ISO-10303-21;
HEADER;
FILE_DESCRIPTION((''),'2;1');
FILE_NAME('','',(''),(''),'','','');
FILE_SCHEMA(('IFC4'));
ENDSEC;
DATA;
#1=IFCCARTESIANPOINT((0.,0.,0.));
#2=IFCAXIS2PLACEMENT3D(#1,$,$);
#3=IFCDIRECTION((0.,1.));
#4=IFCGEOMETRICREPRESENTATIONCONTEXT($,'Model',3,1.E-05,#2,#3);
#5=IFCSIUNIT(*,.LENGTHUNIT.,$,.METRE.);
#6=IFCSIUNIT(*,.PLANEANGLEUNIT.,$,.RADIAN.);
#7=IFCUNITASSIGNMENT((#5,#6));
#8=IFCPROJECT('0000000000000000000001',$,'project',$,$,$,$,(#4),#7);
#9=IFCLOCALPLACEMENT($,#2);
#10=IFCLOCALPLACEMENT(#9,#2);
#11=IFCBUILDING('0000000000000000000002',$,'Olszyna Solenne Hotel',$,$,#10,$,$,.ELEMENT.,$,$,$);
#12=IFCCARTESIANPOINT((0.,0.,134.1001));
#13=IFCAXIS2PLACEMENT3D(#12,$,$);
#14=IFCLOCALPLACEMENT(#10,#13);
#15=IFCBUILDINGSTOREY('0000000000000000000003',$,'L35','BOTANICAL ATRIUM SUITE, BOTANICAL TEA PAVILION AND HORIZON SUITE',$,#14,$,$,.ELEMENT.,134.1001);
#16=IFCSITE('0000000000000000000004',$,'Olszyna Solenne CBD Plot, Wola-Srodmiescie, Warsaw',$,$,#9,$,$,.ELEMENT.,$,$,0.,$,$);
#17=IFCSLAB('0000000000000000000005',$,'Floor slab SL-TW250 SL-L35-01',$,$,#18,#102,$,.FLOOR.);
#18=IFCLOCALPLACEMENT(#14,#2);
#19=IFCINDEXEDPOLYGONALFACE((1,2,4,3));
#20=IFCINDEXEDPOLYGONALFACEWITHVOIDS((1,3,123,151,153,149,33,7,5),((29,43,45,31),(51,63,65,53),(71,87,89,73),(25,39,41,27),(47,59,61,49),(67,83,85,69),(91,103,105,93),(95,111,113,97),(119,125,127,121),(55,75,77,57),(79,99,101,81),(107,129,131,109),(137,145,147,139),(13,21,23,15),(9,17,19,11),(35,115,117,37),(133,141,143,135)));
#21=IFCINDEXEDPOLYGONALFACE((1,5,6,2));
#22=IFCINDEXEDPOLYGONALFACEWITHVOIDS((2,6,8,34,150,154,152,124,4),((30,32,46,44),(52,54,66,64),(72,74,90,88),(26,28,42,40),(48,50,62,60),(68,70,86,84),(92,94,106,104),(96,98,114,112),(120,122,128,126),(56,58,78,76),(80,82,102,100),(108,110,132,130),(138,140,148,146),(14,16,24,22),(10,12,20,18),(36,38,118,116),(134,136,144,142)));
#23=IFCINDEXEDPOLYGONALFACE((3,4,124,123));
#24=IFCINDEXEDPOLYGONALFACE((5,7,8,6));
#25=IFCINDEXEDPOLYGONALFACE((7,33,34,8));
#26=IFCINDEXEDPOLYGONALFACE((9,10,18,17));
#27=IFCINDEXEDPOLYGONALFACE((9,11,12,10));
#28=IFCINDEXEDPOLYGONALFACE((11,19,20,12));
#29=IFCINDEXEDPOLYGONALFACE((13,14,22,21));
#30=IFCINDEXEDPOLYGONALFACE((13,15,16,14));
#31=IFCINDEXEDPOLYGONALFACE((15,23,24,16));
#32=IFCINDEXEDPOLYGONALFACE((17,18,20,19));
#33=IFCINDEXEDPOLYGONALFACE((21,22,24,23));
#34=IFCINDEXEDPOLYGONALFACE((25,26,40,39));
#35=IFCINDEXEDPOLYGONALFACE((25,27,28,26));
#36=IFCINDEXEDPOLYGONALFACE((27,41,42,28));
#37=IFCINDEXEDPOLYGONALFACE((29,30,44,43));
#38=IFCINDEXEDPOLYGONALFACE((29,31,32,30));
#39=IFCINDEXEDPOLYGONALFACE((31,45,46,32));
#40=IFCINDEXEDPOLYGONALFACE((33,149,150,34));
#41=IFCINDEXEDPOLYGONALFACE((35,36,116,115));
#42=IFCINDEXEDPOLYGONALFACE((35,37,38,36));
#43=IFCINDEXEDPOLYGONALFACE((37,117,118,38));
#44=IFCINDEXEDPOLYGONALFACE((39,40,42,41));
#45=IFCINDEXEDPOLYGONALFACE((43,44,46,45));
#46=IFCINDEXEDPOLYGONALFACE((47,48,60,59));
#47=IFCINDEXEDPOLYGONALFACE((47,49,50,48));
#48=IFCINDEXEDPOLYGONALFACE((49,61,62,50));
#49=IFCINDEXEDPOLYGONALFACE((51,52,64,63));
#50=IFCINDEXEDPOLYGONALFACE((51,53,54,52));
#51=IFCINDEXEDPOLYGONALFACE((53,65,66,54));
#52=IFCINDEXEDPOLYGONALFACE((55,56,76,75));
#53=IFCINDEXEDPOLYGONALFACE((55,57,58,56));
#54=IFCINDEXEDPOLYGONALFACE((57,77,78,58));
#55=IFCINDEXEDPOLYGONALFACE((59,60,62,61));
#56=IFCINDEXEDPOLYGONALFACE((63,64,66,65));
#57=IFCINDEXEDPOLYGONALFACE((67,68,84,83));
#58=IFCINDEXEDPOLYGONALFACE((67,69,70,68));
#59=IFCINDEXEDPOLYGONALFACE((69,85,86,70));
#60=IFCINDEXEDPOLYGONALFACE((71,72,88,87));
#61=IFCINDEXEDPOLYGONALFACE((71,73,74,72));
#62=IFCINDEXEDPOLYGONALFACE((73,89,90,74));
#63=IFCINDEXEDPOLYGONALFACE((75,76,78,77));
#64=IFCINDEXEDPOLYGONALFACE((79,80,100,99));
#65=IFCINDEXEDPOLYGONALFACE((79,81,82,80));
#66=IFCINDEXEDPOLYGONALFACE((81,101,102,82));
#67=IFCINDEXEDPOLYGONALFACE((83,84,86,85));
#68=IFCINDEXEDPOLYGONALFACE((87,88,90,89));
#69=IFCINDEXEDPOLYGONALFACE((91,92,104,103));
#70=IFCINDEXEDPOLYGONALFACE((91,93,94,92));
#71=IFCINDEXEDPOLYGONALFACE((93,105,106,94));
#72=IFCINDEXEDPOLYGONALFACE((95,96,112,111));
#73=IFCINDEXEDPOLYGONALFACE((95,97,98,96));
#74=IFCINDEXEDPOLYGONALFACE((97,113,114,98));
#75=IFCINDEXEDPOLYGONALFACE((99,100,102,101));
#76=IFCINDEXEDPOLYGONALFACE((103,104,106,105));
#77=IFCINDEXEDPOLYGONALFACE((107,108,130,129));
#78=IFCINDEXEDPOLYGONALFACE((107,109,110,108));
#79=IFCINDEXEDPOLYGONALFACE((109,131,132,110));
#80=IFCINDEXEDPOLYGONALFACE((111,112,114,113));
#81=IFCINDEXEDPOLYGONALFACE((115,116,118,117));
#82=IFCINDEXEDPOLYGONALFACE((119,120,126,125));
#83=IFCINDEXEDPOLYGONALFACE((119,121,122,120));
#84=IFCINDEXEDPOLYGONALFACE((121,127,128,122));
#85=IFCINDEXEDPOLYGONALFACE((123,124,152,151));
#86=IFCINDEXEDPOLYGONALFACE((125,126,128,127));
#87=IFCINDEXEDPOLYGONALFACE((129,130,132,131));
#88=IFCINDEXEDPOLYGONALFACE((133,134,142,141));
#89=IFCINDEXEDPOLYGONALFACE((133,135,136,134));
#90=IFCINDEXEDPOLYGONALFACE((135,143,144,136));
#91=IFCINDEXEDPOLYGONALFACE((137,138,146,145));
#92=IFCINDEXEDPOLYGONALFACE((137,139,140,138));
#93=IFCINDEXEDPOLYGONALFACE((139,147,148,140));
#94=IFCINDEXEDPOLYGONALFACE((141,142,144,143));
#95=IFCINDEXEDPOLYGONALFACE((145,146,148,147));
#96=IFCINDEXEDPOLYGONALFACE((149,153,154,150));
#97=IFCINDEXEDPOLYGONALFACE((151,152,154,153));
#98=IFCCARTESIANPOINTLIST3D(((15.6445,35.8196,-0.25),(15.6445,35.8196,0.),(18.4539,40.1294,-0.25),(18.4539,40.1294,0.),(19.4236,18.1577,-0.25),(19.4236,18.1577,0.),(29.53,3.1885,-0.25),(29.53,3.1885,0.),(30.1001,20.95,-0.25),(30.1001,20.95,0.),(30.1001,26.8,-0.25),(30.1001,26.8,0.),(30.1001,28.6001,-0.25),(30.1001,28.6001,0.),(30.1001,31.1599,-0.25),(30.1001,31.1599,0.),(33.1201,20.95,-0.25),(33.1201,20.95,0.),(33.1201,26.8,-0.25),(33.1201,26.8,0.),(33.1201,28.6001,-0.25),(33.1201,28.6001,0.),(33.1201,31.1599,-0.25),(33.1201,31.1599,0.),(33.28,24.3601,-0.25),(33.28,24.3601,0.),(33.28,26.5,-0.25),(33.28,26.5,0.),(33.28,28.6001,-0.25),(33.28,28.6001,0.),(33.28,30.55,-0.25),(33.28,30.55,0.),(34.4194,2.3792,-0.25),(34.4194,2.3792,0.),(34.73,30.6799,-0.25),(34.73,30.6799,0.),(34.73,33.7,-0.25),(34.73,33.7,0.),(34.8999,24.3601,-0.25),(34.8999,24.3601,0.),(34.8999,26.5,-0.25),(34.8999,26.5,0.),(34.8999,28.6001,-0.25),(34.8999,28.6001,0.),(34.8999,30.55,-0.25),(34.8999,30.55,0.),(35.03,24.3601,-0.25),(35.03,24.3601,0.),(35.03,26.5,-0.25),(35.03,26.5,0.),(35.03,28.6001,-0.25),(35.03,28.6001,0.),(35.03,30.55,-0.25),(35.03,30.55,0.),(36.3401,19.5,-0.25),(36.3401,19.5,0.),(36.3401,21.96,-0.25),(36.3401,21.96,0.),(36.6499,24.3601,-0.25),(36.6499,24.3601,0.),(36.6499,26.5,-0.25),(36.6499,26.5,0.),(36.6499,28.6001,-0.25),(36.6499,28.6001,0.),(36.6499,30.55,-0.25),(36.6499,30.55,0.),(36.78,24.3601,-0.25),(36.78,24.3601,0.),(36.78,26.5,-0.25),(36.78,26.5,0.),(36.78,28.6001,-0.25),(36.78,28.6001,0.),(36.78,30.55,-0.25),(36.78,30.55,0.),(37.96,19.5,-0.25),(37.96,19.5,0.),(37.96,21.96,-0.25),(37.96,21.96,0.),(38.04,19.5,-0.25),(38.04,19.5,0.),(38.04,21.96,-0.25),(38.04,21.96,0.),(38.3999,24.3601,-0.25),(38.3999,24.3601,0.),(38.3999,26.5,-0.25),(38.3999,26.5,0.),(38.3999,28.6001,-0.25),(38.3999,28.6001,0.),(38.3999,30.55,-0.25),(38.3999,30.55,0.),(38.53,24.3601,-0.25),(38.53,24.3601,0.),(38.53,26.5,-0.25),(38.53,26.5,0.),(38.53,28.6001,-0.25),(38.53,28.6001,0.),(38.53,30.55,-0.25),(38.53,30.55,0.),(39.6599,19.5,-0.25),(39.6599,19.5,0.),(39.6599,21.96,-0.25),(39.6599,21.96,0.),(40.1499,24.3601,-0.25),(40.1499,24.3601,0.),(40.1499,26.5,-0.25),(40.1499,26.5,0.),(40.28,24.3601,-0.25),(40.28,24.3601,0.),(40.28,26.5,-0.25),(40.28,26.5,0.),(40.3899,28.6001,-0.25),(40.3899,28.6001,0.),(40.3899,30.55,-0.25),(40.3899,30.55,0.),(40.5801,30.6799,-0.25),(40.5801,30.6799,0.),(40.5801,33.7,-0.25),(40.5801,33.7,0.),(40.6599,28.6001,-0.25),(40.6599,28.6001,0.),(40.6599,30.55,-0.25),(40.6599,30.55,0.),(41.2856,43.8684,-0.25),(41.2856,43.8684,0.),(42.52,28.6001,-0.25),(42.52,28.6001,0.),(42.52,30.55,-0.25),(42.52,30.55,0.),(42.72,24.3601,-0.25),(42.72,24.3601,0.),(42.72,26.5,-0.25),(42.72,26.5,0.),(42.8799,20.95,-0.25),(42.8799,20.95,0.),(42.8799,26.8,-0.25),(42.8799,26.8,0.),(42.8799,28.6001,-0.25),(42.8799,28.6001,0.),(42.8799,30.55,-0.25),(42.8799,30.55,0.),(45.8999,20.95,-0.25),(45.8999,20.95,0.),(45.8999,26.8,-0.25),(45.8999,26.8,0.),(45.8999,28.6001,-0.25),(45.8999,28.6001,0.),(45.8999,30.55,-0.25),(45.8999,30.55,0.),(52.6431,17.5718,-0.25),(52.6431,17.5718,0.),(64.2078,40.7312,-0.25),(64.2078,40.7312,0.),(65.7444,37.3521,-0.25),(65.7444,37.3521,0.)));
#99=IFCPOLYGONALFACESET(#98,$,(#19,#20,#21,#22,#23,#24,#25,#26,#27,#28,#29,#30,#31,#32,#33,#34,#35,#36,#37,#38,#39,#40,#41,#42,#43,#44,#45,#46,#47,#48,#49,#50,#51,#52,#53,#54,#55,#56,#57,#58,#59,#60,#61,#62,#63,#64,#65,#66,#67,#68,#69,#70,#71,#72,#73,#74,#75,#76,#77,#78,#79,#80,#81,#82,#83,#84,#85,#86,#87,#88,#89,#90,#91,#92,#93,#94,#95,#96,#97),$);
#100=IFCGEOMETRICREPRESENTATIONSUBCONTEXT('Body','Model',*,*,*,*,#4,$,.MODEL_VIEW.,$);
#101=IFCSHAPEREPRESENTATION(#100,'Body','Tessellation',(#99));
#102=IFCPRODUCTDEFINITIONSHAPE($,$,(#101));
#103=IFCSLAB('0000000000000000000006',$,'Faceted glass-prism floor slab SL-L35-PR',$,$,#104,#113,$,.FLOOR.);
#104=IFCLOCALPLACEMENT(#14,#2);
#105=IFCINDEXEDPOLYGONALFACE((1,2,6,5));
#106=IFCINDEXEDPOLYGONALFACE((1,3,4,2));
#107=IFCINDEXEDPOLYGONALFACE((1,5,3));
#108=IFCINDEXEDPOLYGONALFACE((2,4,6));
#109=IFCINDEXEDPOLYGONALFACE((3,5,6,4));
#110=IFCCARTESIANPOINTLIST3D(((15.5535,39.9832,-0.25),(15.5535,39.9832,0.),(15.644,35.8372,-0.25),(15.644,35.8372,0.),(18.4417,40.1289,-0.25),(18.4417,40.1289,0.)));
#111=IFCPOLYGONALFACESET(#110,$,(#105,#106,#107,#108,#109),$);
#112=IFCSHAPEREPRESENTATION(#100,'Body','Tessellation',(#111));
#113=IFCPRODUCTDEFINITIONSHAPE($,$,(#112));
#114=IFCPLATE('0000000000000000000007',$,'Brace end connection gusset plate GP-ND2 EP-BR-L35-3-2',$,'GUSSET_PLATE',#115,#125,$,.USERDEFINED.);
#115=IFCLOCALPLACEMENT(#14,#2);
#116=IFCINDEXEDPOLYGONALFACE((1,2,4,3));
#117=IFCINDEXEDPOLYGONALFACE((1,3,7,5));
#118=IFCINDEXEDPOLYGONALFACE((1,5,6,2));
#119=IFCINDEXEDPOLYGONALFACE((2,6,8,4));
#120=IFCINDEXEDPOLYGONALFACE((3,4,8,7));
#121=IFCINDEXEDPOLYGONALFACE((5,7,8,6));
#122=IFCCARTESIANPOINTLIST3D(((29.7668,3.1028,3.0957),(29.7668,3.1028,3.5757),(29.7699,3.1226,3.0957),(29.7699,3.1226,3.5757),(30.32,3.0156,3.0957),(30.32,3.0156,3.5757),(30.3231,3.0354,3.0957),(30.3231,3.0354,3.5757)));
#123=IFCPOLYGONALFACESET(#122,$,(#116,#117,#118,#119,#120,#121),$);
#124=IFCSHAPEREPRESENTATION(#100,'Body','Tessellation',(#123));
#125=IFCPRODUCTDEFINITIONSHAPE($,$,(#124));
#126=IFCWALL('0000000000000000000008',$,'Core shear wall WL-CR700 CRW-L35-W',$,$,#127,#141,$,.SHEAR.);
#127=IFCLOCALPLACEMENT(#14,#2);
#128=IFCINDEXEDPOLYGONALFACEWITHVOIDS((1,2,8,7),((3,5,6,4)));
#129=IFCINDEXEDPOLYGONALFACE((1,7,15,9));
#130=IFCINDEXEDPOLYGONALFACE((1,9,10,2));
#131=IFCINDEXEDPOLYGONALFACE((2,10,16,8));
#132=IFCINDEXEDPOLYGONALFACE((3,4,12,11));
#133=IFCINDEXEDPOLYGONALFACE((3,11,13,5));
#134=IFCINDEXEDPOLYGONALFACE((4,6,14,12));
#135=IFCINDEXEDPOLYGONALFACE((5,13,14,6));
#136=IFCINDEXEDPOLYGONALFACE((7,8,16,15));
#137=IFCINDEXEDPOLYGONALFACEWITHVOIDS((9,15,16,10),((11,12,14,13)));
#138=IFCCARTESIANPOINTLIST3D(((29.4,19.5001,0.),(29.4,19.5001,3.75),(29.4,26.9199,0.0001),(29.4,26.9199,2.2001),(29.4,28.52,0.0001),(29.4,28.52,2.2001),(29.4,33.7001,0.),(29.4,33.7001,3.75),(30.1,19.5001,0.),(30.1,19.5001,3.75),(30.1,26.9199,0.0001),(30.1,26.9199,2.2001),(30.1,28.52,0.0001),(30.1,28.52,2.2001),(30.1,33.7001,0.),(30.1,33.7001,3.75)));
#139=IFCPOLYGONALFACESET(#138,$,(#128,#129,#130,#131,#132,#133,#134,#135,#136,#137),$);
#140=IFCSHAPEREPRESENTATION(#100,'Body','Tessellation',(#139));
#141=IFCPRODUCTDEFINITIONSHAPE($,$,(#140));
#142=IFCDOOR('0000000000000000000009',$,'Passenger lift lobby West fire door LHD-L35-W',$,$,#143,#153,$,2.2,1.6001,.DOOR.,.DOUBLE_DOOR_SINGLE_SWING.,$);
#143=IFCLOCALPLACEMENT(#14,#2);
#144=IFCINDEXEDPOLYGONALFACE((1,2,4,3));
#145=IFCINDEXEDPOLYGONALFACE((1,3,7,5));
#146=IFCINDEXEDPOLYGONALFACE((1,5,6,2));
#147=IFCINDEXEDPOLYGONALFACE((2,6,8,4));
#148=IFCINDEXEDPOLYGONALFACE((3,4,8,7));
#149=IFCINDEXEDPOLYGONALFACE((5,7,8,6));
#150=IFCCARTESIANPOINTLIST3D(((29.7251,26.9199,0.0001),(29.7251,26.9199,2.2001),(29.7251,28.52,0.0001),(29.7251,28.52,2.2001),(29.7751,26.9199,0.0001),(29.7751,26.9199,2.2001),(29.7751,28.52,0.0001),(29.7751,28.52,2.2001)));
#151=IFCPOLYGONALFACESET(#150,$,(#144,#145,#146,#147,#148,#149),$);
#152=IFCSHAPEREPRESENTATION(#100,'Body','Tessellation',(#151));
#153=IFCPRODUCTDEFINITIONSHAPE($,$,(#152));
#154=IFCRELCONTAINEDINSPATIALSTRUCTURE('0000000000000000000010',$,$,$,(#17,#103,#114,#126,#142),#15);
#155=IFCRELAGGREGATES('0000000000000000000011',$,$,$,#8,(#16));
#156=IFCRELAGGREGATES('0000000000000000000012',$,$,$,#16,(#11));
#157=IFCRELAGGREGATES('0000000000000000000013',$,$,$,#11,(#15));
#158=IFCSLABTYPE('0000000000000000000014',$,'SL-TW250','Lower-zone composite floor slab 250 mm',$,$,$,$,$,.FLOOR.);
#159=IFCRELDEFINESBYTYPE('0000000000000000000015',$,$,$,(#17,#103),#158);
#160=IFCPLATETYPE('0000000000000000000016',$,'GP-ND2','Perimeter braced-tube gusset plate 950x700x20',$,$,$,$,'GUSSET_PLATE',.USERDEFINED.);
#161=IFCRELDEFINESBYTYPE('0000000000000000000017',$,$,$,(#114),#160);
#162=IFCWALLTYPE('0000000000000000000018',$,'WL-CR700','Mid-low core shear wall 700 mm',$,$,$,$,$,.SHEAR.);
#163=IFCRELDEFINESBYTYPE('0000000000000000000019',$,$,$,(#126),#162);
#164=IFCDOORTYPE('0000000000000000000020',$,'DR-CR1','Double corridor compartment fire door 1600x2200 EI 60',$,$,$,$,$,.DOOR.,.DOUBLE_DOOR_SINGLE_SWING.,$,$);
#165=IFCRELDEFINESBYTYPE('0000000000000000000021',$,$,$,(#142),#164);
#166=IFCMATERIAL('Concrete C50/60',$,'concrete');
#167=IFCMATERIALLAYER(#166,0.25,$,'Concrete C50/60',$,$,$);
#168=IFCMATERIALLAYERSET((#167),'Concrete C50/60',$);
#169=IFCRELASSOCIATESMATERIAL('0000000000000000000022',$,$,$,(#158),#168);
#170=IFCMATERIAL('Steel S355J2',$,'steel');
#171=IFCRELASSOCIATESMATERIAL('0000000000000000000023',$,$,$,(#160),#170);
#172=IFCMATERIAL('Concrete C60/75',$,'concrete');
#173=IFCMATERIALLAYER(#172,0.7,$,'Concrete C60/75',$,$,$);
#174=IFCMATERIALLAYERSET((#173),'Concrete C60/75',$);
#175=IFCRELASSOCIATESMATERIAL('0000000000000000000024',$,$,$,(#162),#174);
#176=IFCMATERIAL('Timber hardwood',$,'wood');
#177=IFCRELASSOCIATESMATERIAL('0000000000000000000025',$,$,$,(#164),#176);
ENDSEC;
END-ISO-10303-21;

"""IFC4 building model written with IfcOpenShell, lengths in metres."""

from ifc_helpers import new_model, si_unit, direction, frame, frame_2d, origin, origin_2d, place, context, subcontext, project, spatial, polyline, rectangle, outline, extrude, source, transform, mapped, material, layer, layer_set, type_object, type_shapes, element, fill, save


model = new_model("IFC4")

# Units and contexts
model_context = context("Model", 3, precision=1e-05, world=origin(), true_north=direction((0.0, 1.0)))
body_context = subcontext(model_context, "Body", "Model", "MODEL_VIEW")
ifc_project = project(units=[si_unit("LENGTHUNIT", "METRE"), si_unit("PLANEANGLEUNIT", "RADIAN")], contexts=[model_context])

# Site, building, storey
site_placement = place(None, origin())
site = spatial("IfcSite", under=ifc_project, at=site_placement, Name="Olszyna Solenne CBD Plot, Wola-Srodmiescie, Warsaw", CompositionType="ELEMENT", RefElevation=0.0)
building_placement = place(site_placement, origin())
building = spatial("IfcBuilding", under=site, at=building_placement, Name="Olszyna Solenne Hotel", CompositionType="ELEMENT")
storey_placement = place(building_placement, frame((0.0, 0.0, 134.1001)))
storey = spatial("IfcBuildingStorey", under=building, at=storey_placement, Name="L35", Description="BOTANICAL ATRIUM SUITE, BOTANICAL TEA PAVILION AND HORIZON SUITE", CompositionType="ELEMENT", Elevation=134.1001)

# Shared definitions
ifc_material_1 = material(Name="Steel S355J2", Category="steel")

# Slabs
ifc_material_2 = material(Name="Concrete C50/60", Category="concrete")
ifc_layer_1 = layer(ifc_material_2, 0.25, Name="Concrete C50/60")
ifc_layer_set_1 = layer_set([ifc_layer_1], Name="Concrete C50/60")
slab_type_1 = type_object("IfcSlabType", Name="SL-TW250", Description="Lower-zone composite floor slab 250 mm", PredefinedType="FLOOR", material=ifc_layer_set_1)
slab_1_placement = place(storey_placement, frame((0.0, 0.0, -0.25)))
element("IfcSlab", 1, at=slab_1_placement, inside=storey, type_object=slab_type_1, Name="Floor slab SL-TW250 SL-L35-01", PredefinedType="FLOOR", context=body_context, shape_type="SweptSolid", body=[
    extrude(outline(polyline([(65.7444, 37.3521), (64.2078, 40.7312), (41.2856, 43.8684), (18.4539, 40.1294), (15.6445, 35.8196), (19.4236, 18.1577), (29.53, 3.1885), (34.4194, 2.3792), (52.6431, 17.5718), (65.7444, 37.3521)]), holes=[polyline([(30.1001, 20.95), (33.1201, 20.95), (33.1201, 26.8), (30.1001, 26.8), (30.1001, 20.95)]), polyline([(42.8799, 20.95), (45.8999, 20.95), (45.8999, 26.8), (42.8799, 26.8), (42.8799, 20.95)]), polyline([(34.73, 30.6799), (40.5801, 30.6799), (40.5801, 33.7), (34.73, 33.7), (34.73, 30.6799)]), polyline([(36.3401, 19.5), (37.96, 19.5), (37.96, 21.96), (36.3401, 21.96), (36.3401, 19.5)]), polyline([(38.04, 19.5), (39.6599, 19.5), (39.6599, 21.96), (38.04, 21.96), (38.04, 19.5)]), polyline([(30.1001, 28.6001), (33.1201, 28.6001), (33.1201, 31.1599), (30.1001, 31.1599), (30.1001, 28.6001)]), polyline([(33.28, 24.3601), (34.8999, 24.3601), (34.8999, 26.5), (33.28, 26.5), (33.28, 24.3601)]), polyline([(35.03, 24.3601), (36.6499, 24.3601), (36.6499, 26.5), (35.03, 26.5), (35.03, 24.3601)]), polyline([(36.78, 24.3601), (38.3999, 24.3601), (38.3999, 26.5), (36.78, 26.5), (36.78, 24.3601)]), polyline([(38.53, 24.3601), (40.1499, 24.3601), (40.1499, 26.5), (38.53, 26.5), (38.53, 24.3601)]), polyline([(40.28, 24.3601), (42.72, 24.3601), (42.72, 26.5), (40.28, 26.5), (40.28, 24.3601)]), polyline([(33.28, 28.6001), (34.8999, 28.6001), (34.8999, 30.55), (33.28, 30.55), (33.28, 28.6001)]), polyline([(35.03, 28.6001), (36.6499, 28.6001), (36.6499, 30.55), (35.03, 30.55), (35.03, 28.6001)]), polyline([(36.78, 28.6001), (38.3999, 28.6001), (38.3999, 30.55), (36.78, 30.55), (36.78, 28.6001)]), polyline([(38.53, 28.6001), (40.3899, 28.6001), (40.3899, 30.55), (38.53, 30.55), (38.53, 28.6001)]), polyline([(40.6599, 28.6001), (42.52, 28.6001), (42.52, 30.55), (40.6599, 30.55), (40.6599, 28.6001)]), polyline([(42.8799, 28.6001), (45.8999, 28.6001), (45.8999, 30.55), (42.8799, 30.55), (42.8799, 28.6001)])]), origin(), (0.0, 0.0, 1.0), 0.25),
])
slab_2_placement = place(storey_placement, frame((0.0, 0.0, -0.25)))
element("IfcSlab", 2, at=slab_2_placement, inside=storey, type_object=slab_type_1, Name="Faceted glass-prism floor slab SL-L35-PR", PredefinedType="FLOOR", context=body_context, shape_type="SweptSolid", body=[
    extrude(outline(polyline([(15.644, 35.8372), (18.4417, 40.1289), (15.5535, 39.9832), (15.644, 35.8372)])), origin(), (0.0, 0.0, 1.0), 0.25),
])

# Plate
plate_type = type_object("IfcPlateType", Name="GP-ND2", Description="Perimeter braced-tube gusset plate 950x700x20", ElementType="GUSSET_PLATE", PredefinedType="USERDEFINED", material=ifc_material_1)
shared_shape_1 = source(origin(), body_context, "Body", "SweptSolid", [
    extrude(rectangle(XDim=0.5601, YDim=0.02, at=origin_2d()), origin(), (0.0, 0.0, 1.0), 0.48),
])
plate_placement = place(storey_placement, frame((30.0449, 3.0691, 3.0957), z_axis=(0.0, 0.0, 1.0), x_axis=(-0.987797, 0.155745, 0.0)))
element("IfcPlate", 3, at=plate_placement, inside=storey, type_object=plate_type, Name="Brace end connection gusset plate GP-ND2 EP-BR-L35-3-2", ObjectType="GUSSET_PLATE", PredefinedType="USERDEFINED", context=body_context, shape_type="MappedRepresentation", body=[
    mapped(shared_shape_1, transform((0.0, 0.0, 0.0), x_axis=(1.0, 0.0, 0.0), y_axis=(0.0, 1.0, 0.0), z_axis=(0.0, 0.0, 1.0), scale=1.0)),
])

# Wall, opening, door
ifc_material_3 = material(Name="Concrete C60/75", Category="concrete")
ifc_layer_2 = layer(ifc_material_3, 0.7, Name="Concrete C60/75")
ifc_layer_set_2 = layer_set([ifc_layer_2], Name="Concrete C60/75")
wall_type_1 = type_object("IfcWallType", Name="WL-CR700", Description="Mid-low core shear wall 700 mm", PredefinedType="SHEAR", material=ifc_layer_set_2)
wall_1_placement = place(storey_placement, frame((29.75, 19.5, 0.0), z_axis=(0.0, 0.0, 1.0), x_axis=(0.0, 1.0, 0.0)))
wall_1 = element("IfcWall", 4, at=wall_1_placement, inside=storey, type_object=wall_type_1, Name="Core shear wall WL-CR700 CRW-L35-W", PredefinedType="SHEAR", context=body_context, shape_type="SweptSolid", body=[
    extrude(rectangle(XDim=14.2, YDim=0.7, at=frame_2d((7.1001, 0.0))), origin(), (0.0, 0.0, 1.0), 3.75),
])
opening_1_placement = place(wall_1_placement, frame((7.4199, 0.0, 0.0)))
opening_1 = element("IfcOpeningElement", 5, at=opening_1_placement, cuts=wall_1, PredefinedType="OPENING", context=body_context, shape_type="SweptSolid", body=[
    extrude(rectangle(XDim=1.6001, YDim=2.2, at=frame_2d((0.8, 1.1001))), frame((0.0, 0.3599, 0.0), z_axis=(0.0, -1.0, 0.0), x_axis=(1.0, 0.0, 0.0)), (0.0, 0.0, 1.0), 0.72),
])
ifc_material_4 = material(Name="Timber hardwood", Category="wood")
door_type_1 = type_object("IfcDoorType", Name="DR-CR1", Description="Double corridor compartment fire door 1600x2200 EI 60", OperationType="DOUBLE_DOOR_SINGLE_SWING", PredefinedType="DOOR", material=ifc_material_4)
shared_shape_2 = source(origin(), body_context, "Body", "SweptSolid", [
    extrude(rectangle(XDim=1.6001, YDim=2.2, at=frame_2d((0.8, 1.1001))), frame((0.0, 0.0249, 0.0), z_axis=(0.0, -1.0, 0.0), x_axis=(1.0, 0.0, 0.0)), (0.0, 0.0, 1.0), 0.05),
])
type_shapes(door_type_1, [shared_shape_2])
door_1_placement = place(opening_1_placement, origin())
door_1 = element("IfcDoor", 6, at=door_1_placement, inside=storey, type_object=door_type_1, Name="Passenger lift lobby West fire door LHD-L35-W", OperationType="DOUBLE_DOOR_SINGLE_SWING", OverallHeight=2.2, OverallWidth=1.6001, PredefinedType="DOOR", context=body_context, shape_type="MappedRepresentation", body=[
    mapped(shared_shape_2, transform((0.0, 0.0, 0.0), x_axis=(1.0, 0.0, 0.0), y_axis=(0.0, 1.0, 0.0), z_axis=(0.0, 0.0, 1.0), scale=1.0)),
])
fill(opening_1, door_1)

save(model, "model.ifc")
